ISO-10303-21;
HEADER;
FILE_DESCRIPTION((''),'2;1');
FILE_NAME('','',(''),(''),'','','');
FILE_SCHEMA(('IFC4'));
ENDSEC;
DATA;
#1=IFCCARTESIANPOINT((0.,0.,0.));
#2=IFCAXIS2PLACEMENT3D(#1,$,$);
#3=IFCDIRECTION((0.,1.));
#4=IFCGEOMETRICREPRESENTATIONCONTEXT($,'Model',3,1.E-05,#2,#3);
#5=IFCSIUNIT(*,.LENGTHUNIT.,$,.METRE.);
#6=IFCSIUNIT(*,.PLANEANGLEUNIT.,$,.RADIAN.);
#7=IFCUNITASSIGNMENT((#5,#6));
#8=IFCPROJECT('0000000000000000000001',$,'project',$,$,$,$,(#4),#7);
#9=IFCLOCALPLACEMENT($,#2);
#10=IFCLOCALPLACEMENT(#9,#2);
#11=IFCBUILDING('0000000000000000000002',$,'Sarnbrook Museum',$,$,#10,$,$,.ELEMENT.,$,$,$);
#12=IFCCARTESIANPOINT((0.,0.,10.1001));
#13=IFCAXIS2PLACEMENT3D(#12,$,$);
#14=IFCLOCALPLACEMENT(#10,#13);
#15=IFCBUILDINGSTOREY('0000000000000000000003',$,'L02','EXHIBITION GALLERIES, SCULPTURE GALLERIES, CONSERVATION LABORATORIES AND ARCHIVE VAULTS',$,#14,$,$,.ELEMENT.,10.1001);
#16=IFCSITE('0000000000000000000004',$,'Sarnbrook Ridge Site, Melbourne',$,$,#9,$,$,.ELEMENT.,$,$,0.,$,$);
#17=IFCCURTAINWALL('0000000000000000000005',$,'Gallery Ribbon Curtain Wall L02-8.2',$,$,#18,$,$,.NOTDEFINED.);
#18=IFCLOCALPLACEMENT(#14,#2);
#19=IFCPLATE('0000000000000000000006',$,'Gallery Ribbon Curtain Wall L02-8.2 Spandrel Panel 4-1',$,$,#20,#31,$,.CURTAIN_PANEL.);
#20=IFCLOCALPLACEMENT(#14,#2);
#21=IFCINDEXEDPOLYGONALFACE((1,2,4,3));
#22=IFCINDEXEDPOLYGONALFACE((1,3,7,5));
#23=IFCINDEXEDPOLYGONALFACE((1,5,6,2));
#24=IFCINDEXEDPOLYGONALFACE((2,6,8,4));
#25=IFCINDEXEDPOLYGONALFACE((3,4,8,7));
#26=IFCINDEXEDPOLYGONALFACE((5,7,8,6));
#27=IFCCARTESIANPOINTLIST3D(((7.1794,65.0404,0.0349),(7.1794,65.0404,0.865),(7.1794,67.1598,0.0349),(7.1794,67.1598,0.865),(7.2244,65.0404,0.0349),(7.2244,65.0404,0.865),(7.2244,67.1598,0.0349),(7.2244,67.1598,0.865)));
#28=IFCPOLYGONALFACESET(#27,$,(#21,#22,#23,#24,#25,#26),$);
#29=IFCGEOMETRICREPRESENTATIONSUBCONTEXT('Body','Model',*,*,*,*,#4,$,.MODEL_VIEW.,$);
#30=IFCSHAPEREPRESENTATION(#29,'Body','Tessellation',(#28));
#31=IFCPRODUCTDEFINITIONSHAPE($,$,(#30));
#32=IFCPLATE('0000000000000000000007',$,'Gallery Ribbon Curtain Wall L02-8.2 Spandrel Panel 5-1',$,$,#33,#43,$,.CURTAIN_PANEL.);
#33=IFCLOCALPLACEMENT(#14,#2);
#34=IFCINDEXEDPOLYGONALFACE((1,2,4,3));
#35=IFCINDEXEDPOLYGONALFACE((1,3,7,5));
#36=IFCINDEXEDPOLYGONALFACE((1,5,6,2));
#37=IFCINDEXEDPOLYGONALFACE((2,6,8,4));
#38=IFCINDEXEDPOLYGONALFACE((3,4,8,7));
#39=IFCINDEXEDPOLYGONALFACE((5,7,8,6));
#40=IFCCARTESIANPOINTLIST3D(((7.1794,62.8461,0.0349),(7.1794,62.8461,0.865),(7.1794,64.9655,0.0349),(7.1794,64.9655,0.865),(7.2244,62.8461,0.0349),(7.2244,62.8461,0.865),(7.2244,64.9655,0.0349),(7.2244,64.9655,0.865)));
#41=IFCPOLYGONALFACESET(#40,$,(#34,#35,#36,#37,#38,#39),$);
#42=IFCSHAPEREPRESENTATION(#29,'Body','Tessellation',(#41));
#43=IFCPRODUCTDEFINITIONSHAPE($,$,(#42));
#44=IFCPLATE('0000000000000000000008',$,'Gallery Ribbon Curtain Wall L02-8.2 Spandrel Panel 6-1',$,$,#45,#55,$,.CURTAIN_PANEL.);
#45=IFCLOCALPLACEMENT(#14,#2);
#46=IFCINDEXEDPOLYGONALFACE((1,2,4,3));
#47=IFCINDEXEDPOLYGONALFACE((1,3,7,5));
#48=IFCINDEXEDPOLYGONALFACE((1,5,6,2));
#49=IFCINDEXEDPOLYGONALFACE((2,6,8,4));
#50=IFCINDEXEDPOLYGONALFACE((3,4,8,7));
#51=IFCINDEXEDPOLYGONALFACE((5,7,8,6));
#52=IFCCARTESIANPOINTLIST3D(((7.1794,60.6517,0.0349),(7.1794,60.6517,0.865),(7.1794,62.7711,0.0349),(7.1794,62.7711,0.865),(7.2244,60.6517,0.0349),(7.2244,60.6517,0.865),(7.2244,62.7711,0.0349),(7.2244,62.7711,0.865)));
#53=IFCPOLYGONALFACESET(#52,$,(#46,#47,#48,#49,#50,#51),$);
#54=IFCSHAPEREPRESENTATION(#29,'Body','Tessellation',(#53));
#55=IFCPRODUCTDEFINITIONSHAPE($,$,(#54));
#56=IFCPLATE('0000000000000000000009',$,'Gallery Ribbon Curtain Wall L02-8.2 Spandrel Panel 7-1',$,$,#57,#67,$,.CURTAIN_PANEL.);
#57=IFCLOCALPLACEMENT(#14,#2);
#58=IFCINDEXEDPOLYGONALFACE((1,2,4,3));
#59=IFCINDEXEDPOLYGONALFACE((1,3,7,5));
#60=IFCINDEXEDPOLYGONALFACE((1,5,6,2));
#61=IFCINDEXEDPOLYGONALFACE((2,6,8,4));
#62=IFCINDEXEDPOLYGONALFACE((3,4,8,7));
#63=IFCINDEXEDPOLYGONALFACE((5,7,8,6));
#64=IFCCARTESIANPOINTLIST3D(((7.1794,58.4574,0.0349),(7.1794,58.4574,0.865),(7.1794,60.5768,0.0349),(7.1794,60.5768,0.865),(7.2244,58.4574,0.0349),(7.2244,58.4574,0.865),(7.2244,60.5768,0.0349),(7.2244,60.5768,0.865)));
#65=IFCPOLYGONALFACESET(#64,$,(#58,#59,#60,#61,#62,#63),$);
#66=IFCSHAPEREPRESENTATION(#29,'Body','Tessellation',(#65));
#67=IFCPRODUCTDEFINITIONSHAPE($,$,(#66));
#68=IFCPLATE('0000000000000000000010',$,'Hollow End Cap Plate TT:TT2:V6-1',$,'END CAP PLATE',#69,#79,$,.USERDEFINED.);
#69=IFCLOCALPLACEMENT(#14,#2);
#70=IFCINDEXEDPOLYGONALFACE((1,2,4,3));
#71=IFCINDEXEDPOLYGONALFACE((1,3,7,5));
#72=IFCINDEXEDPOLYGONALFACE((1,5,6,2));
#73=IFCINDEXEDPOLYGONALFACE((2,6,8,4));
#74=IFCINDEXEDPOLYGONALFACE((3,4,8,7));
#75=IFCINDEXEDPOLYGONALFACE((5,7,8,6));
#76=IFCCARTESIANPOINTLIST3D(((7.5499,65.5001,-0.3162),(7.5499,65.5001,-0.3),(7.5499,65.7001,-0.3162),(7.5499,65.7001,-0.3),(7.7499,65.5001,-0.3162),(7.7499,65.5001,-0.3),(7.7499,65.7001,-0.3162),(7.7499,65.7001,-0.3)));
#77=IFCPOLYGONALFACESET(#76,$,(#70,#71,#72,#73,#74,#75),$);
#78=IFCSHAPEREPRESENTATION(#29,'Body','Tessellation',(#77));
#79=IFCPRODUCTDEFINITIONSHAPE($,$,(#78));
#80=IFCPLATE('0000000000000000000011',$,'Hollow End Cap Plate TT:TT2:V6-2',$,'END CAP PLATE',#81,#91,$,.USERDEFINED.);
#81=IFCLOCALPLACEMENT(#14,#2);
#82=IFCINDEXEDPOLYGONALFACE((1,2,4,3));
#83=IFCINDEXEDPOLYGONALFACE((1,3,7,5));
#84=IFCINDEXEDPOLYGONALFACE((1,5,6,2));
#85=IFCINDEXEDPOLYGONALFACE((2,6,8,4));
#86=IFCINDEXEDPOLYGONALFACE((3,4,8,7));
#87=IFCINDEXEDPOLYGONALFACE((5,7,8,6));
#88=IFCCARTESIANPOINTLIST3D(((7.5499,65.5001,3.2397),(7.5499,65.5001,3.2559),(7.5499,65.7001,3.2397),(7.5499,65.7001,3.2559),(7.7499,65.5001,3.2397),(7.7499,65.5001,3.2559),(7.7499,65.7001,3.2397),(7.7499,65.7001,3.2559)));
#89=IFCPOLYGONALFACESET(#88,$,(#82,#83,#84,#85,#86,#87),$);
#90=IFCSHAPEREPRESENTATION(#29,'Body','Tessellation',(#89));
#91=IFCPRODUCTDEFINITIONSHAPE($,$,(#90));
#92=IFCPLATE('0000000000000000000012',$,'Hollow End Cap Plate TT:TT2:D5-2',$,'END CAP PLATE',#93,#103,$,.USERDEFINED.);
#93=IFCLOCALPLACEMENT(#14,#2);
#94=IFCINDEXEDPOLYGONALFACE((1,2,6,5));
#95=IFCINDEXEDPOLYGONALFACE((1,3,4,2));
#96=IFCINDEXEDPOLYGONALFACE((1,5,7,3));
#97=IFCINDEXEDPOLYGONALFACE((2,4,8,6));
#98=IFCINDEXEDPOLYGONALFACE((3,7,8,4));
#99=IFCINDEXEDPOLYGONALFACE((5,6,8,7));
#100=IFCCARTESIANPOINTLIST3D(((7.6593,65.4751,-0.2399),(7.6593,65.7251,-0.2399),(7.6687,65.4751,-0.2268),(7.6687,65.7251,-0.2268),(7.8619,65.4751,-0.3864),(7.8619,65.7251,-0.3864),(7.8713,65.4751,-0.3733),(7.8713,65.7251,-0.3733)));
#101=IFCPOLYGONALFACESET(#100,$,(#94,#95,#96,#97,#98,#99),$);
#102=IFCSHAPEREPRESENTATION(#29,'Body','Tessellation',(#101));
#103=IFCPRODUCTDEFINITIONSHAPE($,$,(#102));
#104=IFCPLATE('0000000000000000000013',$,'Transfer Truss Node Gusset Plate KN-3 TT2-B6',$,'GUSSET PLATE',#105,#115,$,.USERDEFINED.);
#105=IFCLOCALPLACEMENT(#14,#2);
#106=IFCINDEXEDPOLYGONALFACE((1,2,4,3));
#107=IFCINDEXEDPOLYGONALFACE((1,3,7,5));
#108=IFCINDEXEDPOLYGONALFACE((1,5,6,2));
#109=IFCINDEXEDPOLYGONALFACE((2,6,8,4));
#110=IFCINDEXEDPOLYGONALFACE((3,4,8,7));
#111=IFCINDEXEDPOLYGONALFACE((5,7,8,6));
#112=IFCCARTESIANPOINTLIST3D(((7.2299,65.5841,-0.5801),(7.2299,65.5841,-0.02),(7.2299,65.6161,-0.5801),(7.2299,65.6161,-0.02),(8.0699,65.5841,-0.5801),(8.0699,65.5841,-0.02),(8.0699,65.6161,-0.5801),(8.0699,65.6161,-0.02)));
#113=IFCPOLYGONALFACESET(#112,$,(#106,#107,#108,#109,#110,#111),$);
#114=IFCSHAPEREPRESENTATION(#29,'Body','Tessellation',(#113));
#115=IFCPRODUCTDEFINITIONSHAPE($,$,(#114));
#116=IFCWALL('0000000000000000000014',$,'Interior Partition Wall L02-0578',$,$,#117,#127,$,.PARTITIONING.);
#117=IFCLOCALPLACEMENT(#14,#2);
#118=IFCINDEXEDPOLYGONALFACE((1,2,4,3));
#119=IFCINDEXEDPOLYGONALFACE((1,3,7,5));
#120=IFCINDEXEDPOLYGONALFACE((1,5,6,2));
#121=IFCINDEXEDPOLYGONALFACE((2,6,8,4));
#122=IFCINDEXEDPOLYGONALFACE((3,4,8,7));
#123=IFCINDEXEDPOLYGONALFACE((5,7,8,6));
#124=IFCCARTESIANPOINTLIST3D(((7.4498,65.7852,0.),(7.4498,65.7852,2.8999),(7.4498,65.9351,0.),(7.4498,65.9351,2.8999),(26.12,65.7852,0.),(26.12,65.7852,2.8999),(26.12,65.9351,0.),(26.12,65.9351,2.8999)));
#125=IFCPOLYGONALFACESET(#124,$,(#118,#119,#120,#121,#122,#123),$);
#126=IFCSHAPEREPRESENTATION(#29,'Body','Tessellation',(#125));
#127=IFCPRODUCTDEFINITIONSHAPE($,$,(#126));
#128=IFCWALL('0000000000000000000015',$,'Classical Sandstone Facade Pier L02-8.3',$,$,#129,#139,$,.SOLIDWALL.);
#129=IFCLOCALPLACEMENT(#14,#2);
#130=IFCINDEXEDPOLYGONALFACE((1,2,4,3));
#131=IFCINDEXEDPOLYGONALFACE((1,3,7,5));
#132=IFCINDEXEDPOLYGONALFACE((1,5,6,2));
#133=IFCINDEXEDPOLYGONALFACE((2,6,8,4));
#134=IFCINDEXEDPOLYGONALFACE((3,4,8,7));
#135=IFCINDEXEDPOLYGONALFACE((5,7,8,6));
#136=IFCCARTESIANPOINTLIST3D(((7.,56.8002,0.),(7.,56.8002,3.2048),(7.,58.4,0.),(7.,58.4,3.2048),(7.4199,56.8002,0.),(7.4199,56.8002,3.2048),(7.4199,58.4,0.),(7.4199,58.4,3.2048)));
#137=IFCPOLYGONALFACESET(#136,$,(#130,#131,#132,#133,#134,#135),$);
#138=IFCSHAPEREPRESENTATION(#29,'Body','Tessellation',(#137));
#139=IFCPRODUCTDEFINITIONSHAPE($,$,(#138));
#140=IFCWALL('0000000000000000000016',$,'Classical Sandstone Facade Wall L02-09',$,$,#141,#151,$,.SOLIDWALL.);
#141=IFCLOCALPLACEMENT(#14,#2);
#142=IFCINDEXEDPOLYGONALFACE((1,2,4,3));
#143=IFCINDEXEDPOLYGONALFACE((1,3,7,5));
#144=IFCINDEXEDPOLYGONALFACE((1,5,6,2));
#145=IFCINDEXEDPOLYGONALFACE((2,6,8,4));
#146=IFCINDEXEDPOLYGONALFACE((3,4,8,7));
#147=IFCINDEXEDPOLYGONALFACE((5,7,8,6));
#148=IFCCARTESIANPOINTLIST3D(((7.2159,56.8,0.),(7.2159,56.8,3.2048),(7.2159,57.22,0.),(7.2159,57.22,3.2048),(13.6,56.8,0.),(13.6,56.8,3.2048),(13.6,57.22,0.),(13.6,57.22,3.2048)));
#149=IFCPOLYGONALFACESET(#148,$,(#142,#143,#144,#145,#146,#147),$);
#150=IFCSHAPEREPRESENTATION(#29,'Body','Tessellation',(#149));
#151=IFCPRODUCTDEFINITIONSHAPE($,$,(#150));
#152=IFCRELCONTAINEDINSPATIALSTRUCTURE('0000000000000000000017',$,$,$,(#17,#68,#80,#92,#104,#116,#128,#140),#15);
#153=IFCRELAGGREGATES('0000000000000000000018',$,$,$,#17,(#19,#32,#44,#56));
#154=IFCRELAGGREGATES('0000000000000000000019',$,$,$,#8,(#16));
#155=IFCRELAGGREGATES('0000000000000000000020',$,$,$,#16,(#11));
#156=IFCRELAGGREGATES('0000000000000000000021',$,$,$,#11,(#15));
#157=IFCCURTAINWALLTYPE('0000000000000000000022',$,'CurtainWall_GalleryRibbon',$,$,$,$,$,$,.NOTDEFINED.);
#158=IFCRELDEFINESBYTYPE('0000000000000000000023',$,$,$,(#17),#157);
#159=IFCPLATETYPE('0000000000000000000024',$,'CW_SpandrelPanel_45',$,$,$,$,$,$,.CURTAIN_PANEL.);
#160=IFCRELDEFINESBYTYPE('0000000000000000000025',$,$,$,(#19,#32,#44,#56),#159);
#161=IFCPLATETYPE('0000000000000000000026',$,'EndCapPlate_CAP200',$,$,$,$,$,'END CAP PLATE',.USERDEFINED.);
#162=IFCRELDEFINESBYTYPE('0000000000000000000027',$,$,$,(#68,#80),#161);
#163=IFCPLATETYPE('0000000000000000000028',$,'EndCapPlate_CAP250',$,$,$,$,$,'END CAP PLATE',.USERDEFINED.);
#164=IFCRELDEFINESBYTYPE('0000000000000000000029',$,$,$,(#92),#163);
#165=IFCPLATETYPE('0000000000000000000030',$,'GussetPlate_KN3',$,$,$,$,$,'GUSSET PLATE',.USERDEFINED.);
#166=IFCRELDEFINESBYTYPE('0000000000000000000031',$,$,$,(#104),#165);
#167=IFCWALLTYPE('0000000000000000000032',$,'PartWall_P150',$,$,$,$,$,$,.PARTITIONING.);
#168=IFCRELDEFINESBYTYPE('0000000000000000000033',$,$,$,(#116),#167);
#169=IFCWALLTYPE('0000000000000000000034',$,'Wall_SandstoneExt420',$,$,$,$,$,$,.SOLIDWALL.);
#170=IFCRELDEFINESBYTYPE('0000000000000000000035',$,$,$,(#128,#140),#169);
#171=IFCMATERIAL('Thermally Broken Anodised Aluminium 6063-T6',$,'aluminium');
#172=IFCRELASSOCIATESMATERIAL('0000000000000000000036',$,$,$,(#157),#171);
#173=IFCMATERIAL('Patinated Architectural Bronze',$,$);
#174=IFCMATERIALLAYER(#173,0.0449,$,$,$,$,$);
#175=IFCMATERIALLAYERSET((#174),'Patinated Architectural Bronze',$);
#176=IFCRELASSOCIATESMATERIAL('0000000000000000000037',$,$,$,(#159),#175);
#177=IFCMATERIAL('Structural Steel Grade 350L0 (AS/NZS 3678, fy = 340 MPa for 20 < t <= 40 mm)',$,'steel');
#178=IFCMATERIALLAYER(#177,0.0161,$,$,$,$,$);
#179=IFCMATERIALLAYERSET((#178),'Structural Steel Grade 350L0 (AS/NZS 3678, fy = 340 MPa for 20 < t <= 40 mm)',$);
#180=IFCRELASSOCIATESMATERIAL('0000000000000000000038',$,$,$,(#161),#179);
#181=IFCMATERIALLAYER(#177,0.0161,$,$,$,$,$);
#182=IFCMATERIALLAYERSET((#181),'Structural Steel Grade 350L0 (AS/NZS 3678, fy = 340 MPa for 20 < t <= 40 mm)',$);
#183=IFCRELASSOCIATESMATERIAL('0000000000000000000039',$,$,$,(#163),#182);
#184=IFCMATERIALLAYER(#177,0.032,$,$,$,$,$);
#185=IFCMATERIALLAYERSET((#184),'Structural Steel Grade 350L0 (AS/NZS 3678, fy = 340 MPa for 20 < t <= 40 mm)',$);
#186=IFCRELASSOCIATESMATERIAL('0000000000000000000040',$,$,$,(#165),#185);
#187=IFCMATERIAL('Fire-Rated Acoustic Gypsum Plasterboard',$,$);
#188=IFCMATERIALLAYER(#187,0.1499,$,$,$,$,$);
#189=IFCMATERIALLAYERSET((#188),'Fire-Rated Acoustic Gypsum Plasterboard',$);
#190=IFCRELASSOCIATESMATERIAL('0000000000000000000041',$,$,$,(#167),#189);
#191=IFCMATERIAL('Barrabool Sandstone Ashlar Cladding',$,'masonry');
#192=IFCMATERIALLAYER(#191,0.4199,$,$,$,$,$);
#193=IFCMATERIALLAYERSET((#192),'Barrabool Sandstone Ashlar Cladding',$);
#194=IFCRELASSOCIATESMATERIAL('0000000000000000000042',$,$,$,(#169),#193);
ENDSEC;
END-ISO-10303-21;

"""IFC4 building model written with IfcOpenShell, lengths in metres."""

from ifc_helpers import new_model, si_unit, direction, frame, frame_2d, origin, origin_2d, place, context, subcontext, project, spatial, rectangle, extrude, material, layer, layer_set, type_object, element, aggregate, save


model = new_model("IFC4")

# Units and contexts
model_context = context("Model", 3, precision=1e-05, world=origin(), true_north=direction((0.0, 1.0)))
body_context = subcontext(model_context, "Body", "Model", "MODEL_VIEW")
ifc_project = project(units=[si_unit("LENGTHUNIT", "METRE"), si_unit("PLANEANGLEUNIT", "RADIAN")], contexts=[model_context])

# Site, building, storey
site_placement = place(None, origin())
site = spatial("IfcSite", under=ifc_project, at=site_placement, Name="Sarnbrook Ridge Site, Melbourne", CompositionType="ELEMENT", RefElevation=0.0)
building_placement = place(site_placement, origin())
building = spatial("IfcBuilding", under=site, at=building_placement, Name="Sarnbrook Museum", CompositionType="ELEMENT")
storey_placement = place(building_placement, frame((0.0, 0.0, 10.1001)))
storey = spatial("IfcBuildingStorey", under=building, at=storey_placement, Name="L02", Description="EXHIBITION GALLERIES, SCULPTURE GALLERIES, CONSERVATION LABORATORIES AND ARCHIVE VAULTS", CompositionType="ELEMENT", Elevation=10.1001)

# Curtain wall
ifc_material_1 = material(Name="Thermally Broken Anodised Aluminium 6063-T6", Category="aluminium")
curtain_wall_type = type_object("IfcCurtainWallType", Name="CurtainWall_GalleryRibbon", PredefinedType="NOTDEFINED", material=ifc_material_1)
curtain_wall_placement = place(storey_placement, origin())
curtain_wall = element("IfcCurtainWall", 1, at=curtain_wall_placement, inside=storey, type_object=curtain_wall_type, Name="Gallery Ribbon Curtain Wall L02-8.2", PredefinedType="NOTDEFINED")

# Plates
ifc_material_2 = material(Name="Patinated Architectural Bronze")
ifc_layer_1 = layer(ifc_material_2, 0.0449)
ifc_layer_set_1 = layer_set([ifc_layer_1], Name="Patinated Architectural Bronze")
plate_type_1 = type_object("IfcPlateType", Name="CW_SpandrelPanel_45", PredefinedType="CURTAIN_PANEL", material=ifc_layer_set_1)
plate_1_placement = place(storey_placement, frame((7.2244, 66.1001, 0.45), z_axis=(-1.0, 0.0, 0.0), x_axis=(0.0, -1.0, 0.0)))
plate_1 = element("IfcPlate", 2, at=plate_1_placement, type_object=plate_type_1, Name="Gallery Ribbon Curtain Wall L02-8.2 Spandrel Panel 4-1", PredefinedType="CURTAIN_PANEL", context=body_context, shape_type="SweptSolid", body=[
    extrude(rectangle(XDim=2.1194, YDim=0.8301, at=origin_2d()), origin(), (0.0, 0.0, 1.0), 0.0449),
])
plate_2_placement = place(storey_placement, frame((7.2244, 63.9058, 0.45), z_axis=(-1.0, 0.0, 0.0), x_axis=(0.0, -1.0, 0.0)))
plate_2 = element("IfcPlate", 3, at=plate_2_placement, type_object=plate_type_1, Name="Gallery Ribbon Curtain Wall L02-8.2 Spandrel Panel 5-1", PredefinedType="CURTAIN_PANEL", context=body_context, shape_type="SweptSolid", body=[
    extrude(rectangle(XDim=2.1194, YDim=0.8301, at=origin_2d()), origin(), (0.0, 0.0, 1.0), 0.0449),
])
plate_3_placement = place(storey_placement, frame((7.2244, 61.7114, 0.45), z_axis=(-1.0, 0.0, 0.0), x_axis=(0.0, -1.0, 0.0)))
plate_3 = element("IfcPlate", 4, at=plate_3_placement, type_object=plate_type_1, Name="Gallery Ribbon Curtain Wall L02-8.2 Spandrel Panel 6-1", PredefinedType="CURTAIN_PANEL", context=body_context, shape_type="SweptSolid", body=[
    extrude(rectangle(XDim=2.1194, YDim=0.8301, at=origin_2d()), origin(), (0.0, 0.0, 1.0), 0.0449),
])
plate_4_placement = place(storey_placement, frame((7.2244, 59.5171, 0.45), z_axis=(-1.0, 0.0, 0.0), x_axis=(0.0, -1.0, 0.0)))
plate_4 = element("IfcPlate", 5, at=plate_4_placement, type_object=plate_type_1, Name="Gallery Ribbon Curtain Wall L02-8.2 Spandrel Panel 7-1", PredefinedType="CURTAIN_PANEL", context=body_context, shape_type="SweptSolid", body=[
    extrude(rectangle(XDim=2.1194, YDim=0.8301, at=origin_2d()), origin(), (0.0, 0.0, 1.0), 0.0449),
])
aggregate(curtain_wall, [plate_1, plate_2, plate_3, plate_4])

# Plates
ifc_material_3 = material(Name="Structural Steel Grade 350L0 (AS/NZS 3678, fy = 340 MPa for 20 < t <= 40 mm)", Category="steel")
ifc_layer_2 = layer(ifc_material_3, 0.0161)
ifc_layer_set_2 = layer_set([ifc_layer_2], Name="Structural Steel Grade 350L0 (AS/NZS 3678, fy = 340 MPa for 20 < t <= 40 mm)")
plate_type_2 = type_object("IfcPlateType", Name="EndCapPlate_CAP200", ElementType="END CAP PLATE", PredefinedType="USERDEFINED", material=ifc_layer_set_2)
for number, where, z_axis, x_axis, name in (
    (6, (7.6499, 65.6001, -0.3162), (0.0, 0.0, 1.0), (1.0, 0.0, 0.0), "Hollow End Cap Plate TT:TT2:V6-1"),
    (7, (7.6499, 65.6001, 3.2397), (0.0, 0.0, 1.0), (1.0, 0.0, 0.0), "Hollow End Cap Plate TT:TT2:V6-2"),
):
    element("IfcPlate", number, at=place(storey_placement, frame(where, z_axis=z_axis, x_axis=x_axis)), inside=storey, type_object=plate_type_2, Name=name, ObjectType="END CAP PLATE", PredefinedType="USERDEFINED", context=body_context, shape_type="SweptSolid", body=[
        extrude(rectangle(XDim=0.2, YDim=0.2, at=origin_2d()), origin(), (0.0, 0.0, 1.0), 0.0161),
    ])
ifc_layer_3 = layer(ifc_material_3, 0.0161)
ifc_layer_set_3 = layer_set([ifc_layer_3], Name="Structural Steel Grade 350L0 (AS/NZS 3678, fy = 340 MPa for 20 < t <= 40 mm)")
plate_type_3 = type_object("IfcPlateType", Name="EndCapPlate_CAP250", ElementType="END CAP PLATE", PredefinedType="USERDEFINED", material=ifc_layer_set_3)
plate_5_placement = place(storey_placement, frame((7.77, 65.6001, -0.3), z_axis=(-0.585992, 0.0, -0.810317), x_axis=(0.0, -1.0, 0.0)))
element("IfcPlate", 8, at=plate_5_placement, inside=storey, type_object=plate_type_3, Name="Hollow End Cap Plate TT:TT2:D5-2", ObjectType="END CAP PLATE", PredefinedType="USERDEFINED", context=body_context, shape_type="SweptSolid", body=[
    extrude(rectangle(XDim=0.25, YDim=0.25, at=origin_2d()), origin(), (0.0, 0.0, 1.0), 0.0161),
])
ifc_layer_4 = layer(ifc_material_3, 0.032)
ifc_layer_set_4 = layer_set([ifc_layer_4], Name="Structural Steel Grade 350L0 (AS/NZS 3678, fy = 340 MPa for 20 < t <= 40 mm)")
plate_type_4 = type_object("IfcPlateType", Name="GussetPlate_KN3", ElementType="GUSSET PLATE", PredefinedType="USERDEFINED", material=ifc_layer_set_4)
plate_6_placement = place(storey_placement, frame((7.6499, 65.6001, -0.5801), z_axis=(0.0, 0.0, 1.0), x_axis=(1.0, 0.0, 0.0)))
element("IfcPlate", 9, at=plate_6_placement, inside=storey, type_object=plate_type_4, Name="Transfer Truss Node Gusset Plate KN-3 TT2-B6", ObjectType="GUSSET PLATE", PredefinedType="USERDEFINED", context=body_context, shape_type="SweptSolid", body=[
    extrude(rectangle(XDim=0.8401, YDim=0.032, at=origin_2d()), origin(), (0.0, 0.0, 1.0), 0.5601),
])

# Walls
ifc_material_4 = material(Name="Fire-Rated Acoustic Gypsum Plasterboard")
ifc_layer_5 = layer(ifc_material_4, 0.1499)
ifc_layer_set_5 = layer_set([ifc_layer_5], Name="Fire-Rated Acoustic Gypsum Plasterboard")
wall_type_1 = type_object("IfcWallType", Name="PartWall_P150", PredefinedType="PARTITIONING", material=ifc_layer_set_5)
wall_1_placement = place(storey_placement, frame((7.45, 65.8601, 0.0), z_axis=(0.0, 0.0, 1.0), x_axis=(1.0, 0.0, 0.0)))
element("IfcWall", 10, at=wall_1_placement, inside=storey, type_object=wall_type_1, Name="Interior Partition Wall L02-0578", PredefinedType="PARTITIONING", context=body_context, shape_type="SweptSolid", body=[
    extrude(rectangle(XDim=18.6702, YDim=0.1499, at=frame_2d((9.335, 0.0))), origin(), (0.0, 0.0, 1.0), 2.8999),
])
ifc_material_5 = material(Name="Barrabool Sandstone Ashlar Cladding", Category="masonry")
ifc_layer_6 = layer(ifc_material_5, 0.4199)
ifc_layer_set_6 = layer_set([ifc_layer_6], Name="Barrabool Sandstone Ashlar Cladding")
wall_type_2 = type_object("IfcWallType", Name="Wall_SandstoneExt420", PredefinedType="SOLIDWALL", material=ifc_layer_set_6)
wall_2_placement = place(storey_placement, frame((7.21, 58.3999, 0.0), z_axis=(0.0, 0.0, 1.0), x_axis=(0.0, -1.0, 0.0)))
element("IfcWall", 11, at=wall_2_placement, inside=storey, type_object=wall_type_2, Name="Classical Sandstone Facade Pier L02-8.3", PredefinedType="SOLIDWALL", context=body_context, shape_type="SweptSolid", body=[
    extrude(rectangle(XDim=1.5999, YDim=0.4199, at=frame_2d((0.7998, 0.0))), origin(), (0.0, 0.0, 1.0), 3.2048),
])
wall_3_placement = place(storey_placement, frame((7.2161, 57.01, 0.0), z_axis=(0.0, 0.0, 1.0), x_axis=(1.0, 0.0, 0.0)))
element("IfcWall", 12, at=wall_3_placement, inside=storey, type_object=wall_type_2, Name="Classical Sandstone Facade Wall L02-09", PredefinedType="SOLIDWALL", context=body_context, shape_type="SweptSolid", body=[
    extrude(rectangle(XDim=6.384, YDim=0.4199, at=frame_2d((3.1919, 0.0))), origin(), (0.0, 0.0, 1.0), 3.2048),
])

save(model, "model.ifc")
